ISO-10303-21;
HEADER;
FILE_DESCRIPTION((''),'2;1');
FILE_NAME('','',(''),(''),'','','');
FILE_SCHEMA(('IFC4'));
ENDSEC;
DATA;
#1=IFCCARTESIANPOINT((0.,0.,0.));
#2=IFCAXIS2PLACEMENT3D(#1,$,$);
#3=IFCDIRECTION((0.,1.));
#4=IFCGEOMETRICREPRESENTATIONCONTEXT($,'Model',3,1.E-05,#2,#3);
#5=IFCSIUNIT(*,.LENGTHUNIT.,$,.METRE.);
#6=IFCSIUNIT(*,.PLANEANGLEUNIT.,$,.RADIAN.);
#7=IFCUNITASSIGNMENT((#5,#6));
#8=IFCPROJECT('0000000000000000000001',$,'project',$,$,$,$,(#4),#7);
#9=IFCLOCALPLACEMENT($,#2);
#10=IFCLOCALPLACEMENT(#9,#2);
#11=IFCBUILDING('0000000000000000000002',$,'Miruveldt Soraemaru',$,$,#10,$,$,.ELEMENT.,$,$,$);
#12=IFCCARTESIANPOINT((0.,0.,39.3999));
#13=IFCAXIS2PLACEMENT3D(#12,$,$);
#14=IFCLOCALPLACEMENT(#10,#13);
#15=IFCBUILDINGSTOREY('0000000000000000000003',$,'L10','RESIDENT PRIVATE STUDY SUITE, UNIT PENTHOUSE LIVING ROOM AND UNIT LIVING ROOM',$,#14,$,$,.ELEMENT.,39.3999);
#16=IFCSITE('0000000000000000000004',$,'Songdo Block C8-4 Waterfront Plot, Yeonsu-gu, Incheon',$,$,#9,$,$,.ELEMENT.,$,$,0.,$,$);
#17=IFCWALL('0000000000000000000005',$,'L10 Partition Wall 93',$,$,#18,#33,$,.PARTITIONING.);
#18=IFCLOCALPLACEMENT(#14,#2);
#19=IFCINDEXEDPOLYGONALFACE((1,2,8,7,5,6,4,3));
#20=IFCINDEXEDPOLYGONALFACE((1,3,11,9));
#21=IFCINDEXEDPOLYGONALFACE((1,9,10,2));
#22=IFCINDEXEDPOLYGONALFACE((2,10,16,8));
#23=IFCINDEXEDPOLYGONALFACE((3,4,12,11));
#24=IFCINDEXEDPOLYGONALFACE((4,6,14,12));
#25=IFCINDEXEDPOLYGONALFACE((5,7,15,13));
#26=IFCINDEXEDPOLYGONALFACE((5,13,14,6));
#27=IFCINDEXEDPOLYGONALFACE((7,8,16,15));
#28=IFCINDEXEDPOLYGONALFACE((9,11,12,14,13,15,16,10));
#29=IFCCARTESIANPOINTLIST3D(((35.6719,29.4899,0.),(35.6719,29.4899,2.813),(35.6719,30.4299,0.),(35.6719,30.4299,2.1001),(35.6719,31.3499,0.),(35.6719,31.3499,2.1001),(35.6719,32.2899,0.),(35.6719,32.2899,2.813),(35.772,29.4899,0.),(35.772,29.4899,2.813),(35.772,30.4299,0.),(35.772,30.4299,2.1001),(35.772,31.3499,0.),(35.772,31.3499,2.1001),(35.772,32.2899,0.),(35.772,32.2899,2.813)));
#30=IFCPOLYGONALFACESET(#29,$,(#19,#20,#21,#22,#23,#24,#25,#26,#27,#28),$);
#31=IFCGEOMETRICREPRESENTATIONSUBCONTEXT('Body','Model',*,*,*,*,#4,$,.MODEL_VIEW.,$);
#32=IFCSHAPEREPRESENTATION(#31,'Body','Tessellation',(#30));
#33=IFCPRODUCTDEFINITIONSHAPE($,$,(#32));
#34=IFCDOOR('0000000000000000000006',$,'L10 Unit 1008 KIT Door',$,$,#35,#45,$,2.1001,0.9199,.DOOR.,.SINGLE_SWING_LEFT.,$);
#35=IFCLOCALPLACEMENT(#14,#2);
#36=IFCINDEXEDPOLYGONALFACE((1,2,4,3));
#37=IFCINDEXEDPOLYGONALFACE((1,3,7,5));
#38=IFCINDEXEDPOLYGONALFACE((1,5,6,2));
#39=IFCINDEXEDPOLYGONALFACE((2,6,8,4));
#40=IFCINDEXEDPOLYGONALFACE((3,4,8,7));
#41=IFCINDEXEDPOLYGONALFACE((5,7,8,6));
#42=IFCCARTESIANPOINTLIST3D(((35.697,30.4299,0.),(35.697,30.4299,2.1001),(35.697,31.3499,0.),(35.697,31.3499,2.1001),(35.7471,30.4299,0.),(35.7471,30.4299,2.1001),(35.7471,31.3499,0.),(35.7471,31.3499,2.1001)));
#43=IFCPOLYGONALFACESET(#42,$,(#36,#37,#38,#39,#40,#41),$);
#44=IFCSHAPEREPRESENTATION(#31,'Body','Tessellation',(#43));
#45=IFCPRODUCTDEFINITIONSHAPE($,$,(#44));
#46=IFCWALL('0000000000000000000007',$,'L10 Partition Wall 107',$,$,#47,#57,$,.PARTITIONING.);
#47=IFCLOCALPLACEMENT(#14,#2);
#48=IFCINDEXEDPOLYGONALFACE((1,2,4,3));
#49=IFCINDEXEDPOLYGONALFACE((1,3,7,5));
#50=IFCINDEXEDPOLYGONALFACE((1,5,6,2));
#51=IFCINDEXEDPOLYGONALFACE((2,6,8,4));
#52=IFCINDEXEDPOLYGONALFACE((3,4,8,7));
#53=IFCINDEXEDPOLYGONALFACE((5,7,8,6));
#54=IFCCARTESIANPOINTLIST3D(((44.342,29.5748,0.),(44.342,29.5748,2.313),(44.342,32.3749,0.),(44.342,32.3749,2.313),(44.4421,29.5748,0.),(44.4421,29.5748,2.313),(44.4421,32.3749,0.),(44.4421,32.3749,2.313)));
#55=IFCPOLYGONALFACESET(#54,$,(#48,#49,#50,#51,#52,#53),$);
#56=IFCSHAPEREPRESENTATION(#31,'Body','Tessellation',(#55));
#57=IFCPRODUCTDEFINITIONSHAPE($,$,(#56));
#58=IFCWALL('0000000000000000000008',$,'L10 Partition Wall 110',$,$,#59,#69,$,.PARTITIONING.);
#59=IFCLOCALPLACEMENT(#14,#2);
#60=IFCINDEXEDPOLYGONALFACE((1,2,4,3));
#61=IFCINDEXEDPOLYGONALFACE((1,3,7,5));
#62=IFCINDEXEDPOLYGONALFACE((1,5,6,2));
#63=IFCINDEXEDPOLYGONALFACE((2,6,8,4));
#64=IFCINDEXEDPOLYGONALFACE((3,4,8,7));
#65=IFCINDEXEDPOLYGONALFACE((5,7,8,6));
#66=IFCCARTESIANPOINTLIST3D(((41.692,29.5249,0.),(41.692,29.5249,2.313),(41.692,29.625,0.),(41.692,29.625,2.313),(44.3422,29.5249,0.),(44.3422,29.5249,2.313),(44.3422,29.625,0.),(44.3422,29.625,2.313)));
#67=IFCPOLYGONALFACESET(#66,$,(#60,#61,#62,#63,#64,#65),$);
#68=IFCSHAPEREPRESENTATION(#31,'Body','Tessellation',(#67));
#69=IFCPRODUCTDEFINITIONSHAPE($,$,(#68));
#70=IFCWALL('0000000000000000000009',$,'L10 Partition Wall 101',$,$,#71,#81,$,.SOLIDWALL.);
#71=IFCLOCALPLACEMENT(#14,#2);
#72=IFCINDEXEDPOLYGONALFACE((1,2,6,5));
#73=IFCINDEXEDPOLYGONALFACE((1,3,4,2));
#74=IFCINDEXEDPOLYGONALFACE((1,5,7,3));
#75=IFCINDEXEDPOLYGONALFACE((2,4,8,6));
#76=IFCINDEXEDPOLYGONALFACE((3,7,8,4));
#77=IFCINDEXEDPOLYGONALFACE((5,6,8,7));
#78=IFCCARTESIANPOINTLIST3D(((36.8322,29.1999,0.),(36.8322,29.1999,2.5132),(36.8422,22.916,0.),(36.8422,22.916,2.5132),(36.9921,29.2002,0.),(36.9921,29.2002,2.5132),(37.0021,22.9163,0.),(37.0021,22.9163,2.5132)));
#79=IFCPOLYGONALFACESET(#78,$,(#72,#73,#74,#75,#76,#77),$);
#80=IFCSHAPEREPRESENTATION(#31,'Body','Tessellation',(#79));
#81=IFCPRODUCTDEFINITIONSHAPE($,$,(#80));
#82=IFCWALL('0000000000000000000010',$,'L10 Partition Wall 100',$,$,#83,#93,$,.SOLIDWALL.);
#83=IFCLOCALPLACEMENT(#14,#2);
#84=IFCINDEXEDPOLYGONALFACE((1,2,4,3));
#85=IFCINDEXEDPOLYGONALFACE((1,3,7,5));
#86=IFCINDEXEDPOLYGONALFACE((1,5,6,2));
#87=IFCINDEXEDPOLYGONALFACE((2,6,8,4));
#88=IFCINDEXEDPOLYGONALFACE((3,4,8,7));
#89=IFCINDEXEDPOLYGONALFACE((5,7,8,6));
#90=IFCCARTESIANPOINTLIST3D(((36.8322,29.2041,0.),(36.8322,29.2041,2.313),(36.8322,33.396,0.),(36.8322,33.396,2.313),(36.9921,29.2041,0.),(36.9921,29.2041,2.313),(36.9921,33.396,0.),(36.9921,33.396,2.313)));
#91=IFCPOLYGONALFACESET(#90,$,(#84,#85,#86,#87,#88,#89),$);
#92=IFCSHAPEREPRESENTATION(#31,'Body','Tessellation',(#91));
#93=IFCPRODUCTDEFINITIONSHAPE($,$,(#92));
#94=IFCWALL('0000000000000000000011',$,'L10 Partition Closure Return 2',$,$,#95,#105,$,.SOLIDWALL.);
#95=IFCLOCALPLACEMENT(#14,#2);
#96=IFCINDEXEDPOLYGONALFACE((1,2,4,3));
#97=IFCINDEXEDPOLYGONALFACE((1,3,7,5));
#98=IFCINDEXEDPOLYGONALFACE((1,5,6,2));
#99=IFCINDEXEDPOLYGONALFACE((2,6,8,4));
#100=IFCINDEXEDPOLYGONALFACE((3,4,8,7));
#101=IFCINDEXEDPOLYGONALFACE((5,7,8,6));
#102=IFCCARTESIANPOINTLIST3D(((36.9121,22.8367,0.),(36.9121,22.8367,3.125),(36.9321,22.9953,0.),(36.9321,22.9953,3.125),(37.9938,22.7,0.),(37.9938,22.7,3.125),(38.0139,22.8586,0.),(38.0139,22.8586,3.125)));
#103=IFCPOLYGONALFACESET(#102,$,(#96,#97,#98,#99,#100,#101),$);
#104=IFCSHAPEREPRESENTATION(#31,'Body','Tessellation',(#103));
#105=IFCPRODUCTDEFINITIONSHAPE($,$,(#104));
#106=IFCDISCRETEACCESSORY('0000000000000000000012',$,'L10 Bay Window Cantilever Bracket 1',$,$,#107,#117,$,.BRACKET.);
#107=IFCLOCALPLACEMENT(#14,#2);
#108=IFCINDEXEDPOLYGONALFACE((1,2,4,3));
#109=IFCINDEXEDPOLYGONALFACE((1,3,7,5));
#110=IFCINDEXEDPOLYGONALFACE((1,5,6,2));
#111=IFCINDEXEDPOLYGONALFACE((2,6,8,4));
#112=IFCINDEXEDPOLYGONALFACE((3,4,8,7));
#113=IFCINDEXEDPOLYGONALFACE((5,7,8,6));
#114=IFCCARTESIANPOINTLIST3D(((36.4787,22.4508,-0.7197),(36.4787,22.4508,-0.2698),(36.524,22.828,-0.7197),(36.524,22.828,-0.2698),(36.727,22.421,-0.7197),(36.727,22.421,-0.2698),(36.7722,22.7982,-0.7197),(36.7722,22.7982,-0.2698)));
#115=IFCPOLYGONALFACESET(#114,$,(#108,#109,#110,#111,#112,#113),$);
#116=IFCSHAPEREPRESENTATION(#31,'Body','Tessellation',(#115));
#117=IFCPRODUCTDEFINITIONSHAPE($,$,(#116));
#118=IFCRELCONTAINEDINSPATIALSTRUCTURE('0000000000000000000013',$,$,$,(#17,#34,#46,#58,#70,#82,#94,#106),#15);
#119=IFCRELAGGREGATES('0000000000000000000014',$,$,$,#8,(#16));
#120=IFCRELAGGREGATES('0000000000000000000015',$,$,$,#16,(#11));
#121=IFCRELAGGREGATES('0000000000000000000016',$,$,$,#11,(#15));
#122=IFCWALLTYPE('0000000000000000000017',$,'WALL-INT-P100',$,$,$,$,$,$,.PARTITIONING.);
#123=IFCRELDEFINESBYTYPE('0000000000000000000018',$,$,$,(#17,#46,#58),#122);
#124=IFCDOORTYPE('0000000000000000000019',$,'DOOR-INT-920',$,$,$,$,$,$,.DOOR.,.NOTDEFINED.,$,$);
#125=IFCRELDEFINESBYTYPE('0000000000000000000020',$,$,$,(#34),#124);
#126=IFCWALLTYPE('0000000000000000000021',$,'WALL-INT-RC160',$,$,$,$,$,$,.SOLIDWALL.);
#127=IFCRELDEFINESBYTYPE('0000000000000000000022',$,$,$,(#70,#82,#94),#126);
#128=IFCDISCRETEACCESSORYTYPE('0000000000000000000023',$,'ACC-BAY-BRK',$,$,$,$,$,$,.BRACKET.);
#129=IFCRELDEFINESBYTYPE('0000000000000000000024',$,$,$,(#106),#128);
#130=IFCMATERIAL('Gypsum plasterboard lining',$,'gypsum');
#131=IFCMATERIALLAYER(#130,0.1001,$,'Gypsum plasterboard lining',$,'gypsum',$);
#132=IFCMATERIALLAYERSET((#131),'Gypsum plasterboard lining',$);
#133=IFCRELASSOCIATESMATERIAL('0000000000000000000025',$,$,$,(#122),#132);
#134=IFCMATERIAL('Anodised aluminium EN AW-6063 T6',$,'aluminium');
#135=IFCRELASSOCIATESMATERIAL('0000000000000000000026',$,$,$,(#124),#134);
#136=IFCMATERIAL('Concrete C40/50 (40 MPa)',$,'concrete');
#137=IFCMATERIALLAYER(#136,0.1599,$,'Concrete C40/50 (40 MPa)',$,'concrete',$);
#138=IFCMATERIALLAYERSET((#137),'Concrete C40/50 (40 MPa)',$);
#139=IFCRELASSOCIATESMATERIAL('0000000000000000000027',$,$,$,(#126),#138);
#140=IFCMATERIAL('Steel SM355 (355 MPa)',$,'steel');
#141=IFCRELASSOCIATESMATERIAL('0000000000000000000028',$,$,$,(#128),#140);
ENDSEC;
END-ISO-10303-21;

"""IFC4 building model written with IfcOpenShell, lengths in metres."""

from ifc_helpers import new_model, si_unit, direction, frame, frame_2d, origin, origin_2d, place, context, subcontext, project, spatial, rectangle, extrude, material, layer, layer_set, type_object, element, fill, save


model = new_model("IFC4")

# Units and contexts
model_context = context("Model", 3, precision=1e-05, world=origin(), true_north=direction((0.0, 1.0)))
body_context = subcontext(model_context, "Body", "Model", "MODEL_VIEW")
ifc_project = project(units=[si_unit("LENGTHUNIT", "METRE"), si_unit("PLANEANGLEUNIT", "RADIAN")], contexts=[model_context])

# Site, building, storey
site_placement = place(None, origin())
site = spatial("IfcSite", under=ifc_project, at=site_placement, Name="Songdo Block C8-4 Waterfront Plot, Yeonsu-gu, Incheon", CompositionType="ELEMENT", RefElevation=0.0)
building_placement = place(site_placement, origin())
building = spatial("IfcBuilding", under=site, at=building_placement, Name="Miruveldt Soraemaru", CompositionType="ELEMENT")
storey_placement = place(building_placement, frame((0.0, 0.0, 39.3999)))
storey = spatial("IfcBuildingStorey", under=building, at=storey_placement, Name="L10", Description="RESIDENT PRIVATE STUDY SUITE, UNIT PENTHOUSE LIVING ROOM AND UNIT LIVING ROOM", CompositionType="ELEMENT", Elevation=39.3999)

# Shared definitions
ifc_material_1 = material(Name="Steel SM355 (355 MPa)", Category="steel")

# Wall, opening, door
ifc_material_2 = material(Name="Gypsum plasterboard lining", Category="gypsum")
ifc_layer_1 = layer(ifc_material_2, 0.1001, Name="Gypsum plasterboard lining", Category="gypsum")
ifc_layer_set_1 = layer_set([ifc_layer_1], Name="Gypsum plasterboard lining")
wall_type_1 = type_object("IfcWallType", Name="WALL-INT-P100", PredefinedType="PARTITIONING", material=ifc_layer_set_1)
wall_1_placement = place(storey_placement, frame((35.7219, 29.49, 0.0), z_axis=(0.0, 0.0, 1.0), x_axis=(0.0, 1.0, 0.0)))
wall_1 = element("IfcWall", 1, at=wall_1_placement, inside=storey, type_object=wall_type_1, Name="L10 Partition Wall 93", PredefinedType="PARTITIONING", context=body_context, shape_type="SweptSolid", body=[
    extrude(rectangle(XDim=2.8, YDim=0.1001, at=frame_2d((1.3999, 0.0))), origin(), (0.0, 0.0, 1.0), 2.813),
])
opening_1_placement = place(wall_1_placement, frame((0.9399, 0.0, 0.0)))
opening_1 = element("IfcOpeningElement", 2, at=opening_1_placement, cuts=wall_1, PredefinedType="OPENING", context=body_context, shape_type="SweptSolid", body=[
    extrude(rectangle(XDim=0.9199, YDim=2.1001, at=frame_2d((0.46, 1.05))), frame((0.0, 0.0601, 0.0), z_axis=(0.0, -1.0, 0.0), x_axis=(1.0, 0.0, 0.0)), (0.0, 0.0, 1.0), 0.1201),
])
ifc_material_3 = material(Name="Anodised aluminium EN AW-6063 T6", Category="aluminium")
door_type = type_object("IfcDoorType", Name="DOOR-INT-920", OperationType="NOTDEFINED", PredefinedType="DOOR", material=ifc_material_3)
door_placement = place(opening_1_placement, origin())
door = element("IfcDoor", 3, at=door_placement, inside=storey, type_object=door_type, Name="L10 Unit 1008 KIT Door", OperationType="SINGLE_SWING_LEFT", OverallHeight=2.1001, OverallWidth=0.9199, PredefinedType="DOOR", context=body_context, shape_type="SweptSolid", body=[
    extrude(rectangle(XDim=0.9199, YDim=2.1001, at=frame_2d((0.46, 1.05))), frame((0.0, 0.0249, 0.0), z_axis=(0.0, -1.0, 0.0), x_axis=(1.0, 0.0, 0.0)), (0.0, 0.0, 1.0), 0.05),
])
fill(opening_1, door)

# Walls
wall_2_placement = place(storey_placement, frame((44.3921, 29.575, 0.0), z_axis=(0.0, 0.0, 1.0), x_axis=(0.0, 1.0, 0.0)))
element("IfcWall", 4, at=wall_2_placement, inside=storey, type_object=wall_type_1, Name="L10 Partition Wall 107", PredefinedType="PARTITIONING", context=body_context, shape_type="SweptSolid", body=[
    extrude(rectangle(XDim=2.8, YDim=0.1001, at=frame_2d((1.3999, 0.0))), origin(), (0.0, 0.0, 1.0), 2.313),
])
wall_3_placement = place(storey_placement, frame((41.6919, 29.575, 0.0), z_axis=(0.0, 0.0, 1.0), x_axis=(1.0, 0.0, 0.0)))
element("IfcWall", 5, at=wall_3_placement, inside=storey, type_object=wall_type_1, Name="L10 Partition Wall 110", PredefinedType="PARTITIONING", context=body_context, shape_type="SweptSolid", body=[
    extrude(rectangle(XDim=2.6501, YDim=0.1001, at=frame_2d((1.3252, 0.0))), origin(), (0.0, 0.0, 1.0), 2.313),
])
ifc_material_4 = material(Name="Concrete C40/50 (40 MPa)", Category="concrete")
ifc_layer_2 = layer(ifc_material_4, 0.1599, Name="Concrete C40/50 (40 MPa)", Category="concrete")
ifc_layer_set_2 = layer_set([ifc_layer_2], Name="Concrete C40/50 (40 MPa)")
wall_type_2 = type_object("IfcWallType", Name="WALL-INT-RC160", PredefinedType="SOLIDWALL", material=ifc_layer_set_2)
wall_4_placement = place(storey_placement, frame((36.9221, 22.916, 0.0), z_axis=(0.0, 0.0, 1.0), x_axis=(-0.001593, 0.999999, 0.0)))
element("IfcWall", 6, at=wall_4_placement, inside=storey, type_object=wall_type_2, Name="L10 Partition Wall 101", PredefinedType="SOLIDWALL", context=body_context, shape_type="SweptSolid", body=[
    extrude(rectangle(XDim=6.2839, YDim=0.1599, at=frame_2d((3.1421, 0.0))), origin(), (0.0, 0.0, 1.0), 2.5132),
])
wall_5_placement = place(storey_placement, frame((36.9121, 29.2041, 0.0), z_axis=(0.0, 0.0, 1.0), x_axis=(0.0, 1.0, 0.0)))
element("IfcWall", 7, at=wall_5_placement, inside=storey, type_object=wall_type_2, Name="L10 Partition Wall 100", PredefinedType="SOLIDWALL", context=body_context, shape_type="SweptSolid", body=[
    extrude(rectangle(XDim=4.1919, YDim=0.1599, at=frame_2d((2.0959, 0.0))), origin(), (0.0, 0.0, 1.0), 2.313),
])
wall_6_placement = place(storey_placement, frame((36.9221, 22.916, 0.0), z_axis=(0.0, 0.0, 1.0), x_axis=(0.992108, -0.125385, 0.0)))
element("IfcWall", 8, at=wall_6_placement, inside=storey, type_object=wall_type_2, Name="L10 Partition Closure Return 2", PredefinedType="SOLIDWALL", context=body_context, shape_type="SweptSolid", body=[
    extrude(rectangle(XDim=1.0903, YDim=0.1599, at=frame_2d((0.5452, 0.0))), origin(), (0.0, 0.0, 1.0), 3.125),
])

# Discrete accessory
discrete_accessory_type = type_object("IfcDiscreteAccessoryType", Name="ACC-BAY-BRK", PredefinedType="BRACKET", material=ifc_material_1)
discrete_accessory_placement = place(storey_placement, frame((36.6255, 22.6245, -0.7197), z_axis=(0.0, 0.0, 1.0), x_axis=(-0.119149, -0.992876, 0.0)))
element("IfcDiscreteAccessory", 9, at=discrete_accessory_placement, inside=storey, type_object=discrete_accessory_type, Name="L10 Bay Window Cantilever Bracket 1", PredefinedType="BRACKET", context=body_context, shape_type="SweptSolid", body=[
    extrude(rectangle(XDim=0.3799, YDim=0.25, at=origin_2d()), origin(), (0.0, 0.0, 1.0), 0.45),
])

save(model, "model.ifc")
